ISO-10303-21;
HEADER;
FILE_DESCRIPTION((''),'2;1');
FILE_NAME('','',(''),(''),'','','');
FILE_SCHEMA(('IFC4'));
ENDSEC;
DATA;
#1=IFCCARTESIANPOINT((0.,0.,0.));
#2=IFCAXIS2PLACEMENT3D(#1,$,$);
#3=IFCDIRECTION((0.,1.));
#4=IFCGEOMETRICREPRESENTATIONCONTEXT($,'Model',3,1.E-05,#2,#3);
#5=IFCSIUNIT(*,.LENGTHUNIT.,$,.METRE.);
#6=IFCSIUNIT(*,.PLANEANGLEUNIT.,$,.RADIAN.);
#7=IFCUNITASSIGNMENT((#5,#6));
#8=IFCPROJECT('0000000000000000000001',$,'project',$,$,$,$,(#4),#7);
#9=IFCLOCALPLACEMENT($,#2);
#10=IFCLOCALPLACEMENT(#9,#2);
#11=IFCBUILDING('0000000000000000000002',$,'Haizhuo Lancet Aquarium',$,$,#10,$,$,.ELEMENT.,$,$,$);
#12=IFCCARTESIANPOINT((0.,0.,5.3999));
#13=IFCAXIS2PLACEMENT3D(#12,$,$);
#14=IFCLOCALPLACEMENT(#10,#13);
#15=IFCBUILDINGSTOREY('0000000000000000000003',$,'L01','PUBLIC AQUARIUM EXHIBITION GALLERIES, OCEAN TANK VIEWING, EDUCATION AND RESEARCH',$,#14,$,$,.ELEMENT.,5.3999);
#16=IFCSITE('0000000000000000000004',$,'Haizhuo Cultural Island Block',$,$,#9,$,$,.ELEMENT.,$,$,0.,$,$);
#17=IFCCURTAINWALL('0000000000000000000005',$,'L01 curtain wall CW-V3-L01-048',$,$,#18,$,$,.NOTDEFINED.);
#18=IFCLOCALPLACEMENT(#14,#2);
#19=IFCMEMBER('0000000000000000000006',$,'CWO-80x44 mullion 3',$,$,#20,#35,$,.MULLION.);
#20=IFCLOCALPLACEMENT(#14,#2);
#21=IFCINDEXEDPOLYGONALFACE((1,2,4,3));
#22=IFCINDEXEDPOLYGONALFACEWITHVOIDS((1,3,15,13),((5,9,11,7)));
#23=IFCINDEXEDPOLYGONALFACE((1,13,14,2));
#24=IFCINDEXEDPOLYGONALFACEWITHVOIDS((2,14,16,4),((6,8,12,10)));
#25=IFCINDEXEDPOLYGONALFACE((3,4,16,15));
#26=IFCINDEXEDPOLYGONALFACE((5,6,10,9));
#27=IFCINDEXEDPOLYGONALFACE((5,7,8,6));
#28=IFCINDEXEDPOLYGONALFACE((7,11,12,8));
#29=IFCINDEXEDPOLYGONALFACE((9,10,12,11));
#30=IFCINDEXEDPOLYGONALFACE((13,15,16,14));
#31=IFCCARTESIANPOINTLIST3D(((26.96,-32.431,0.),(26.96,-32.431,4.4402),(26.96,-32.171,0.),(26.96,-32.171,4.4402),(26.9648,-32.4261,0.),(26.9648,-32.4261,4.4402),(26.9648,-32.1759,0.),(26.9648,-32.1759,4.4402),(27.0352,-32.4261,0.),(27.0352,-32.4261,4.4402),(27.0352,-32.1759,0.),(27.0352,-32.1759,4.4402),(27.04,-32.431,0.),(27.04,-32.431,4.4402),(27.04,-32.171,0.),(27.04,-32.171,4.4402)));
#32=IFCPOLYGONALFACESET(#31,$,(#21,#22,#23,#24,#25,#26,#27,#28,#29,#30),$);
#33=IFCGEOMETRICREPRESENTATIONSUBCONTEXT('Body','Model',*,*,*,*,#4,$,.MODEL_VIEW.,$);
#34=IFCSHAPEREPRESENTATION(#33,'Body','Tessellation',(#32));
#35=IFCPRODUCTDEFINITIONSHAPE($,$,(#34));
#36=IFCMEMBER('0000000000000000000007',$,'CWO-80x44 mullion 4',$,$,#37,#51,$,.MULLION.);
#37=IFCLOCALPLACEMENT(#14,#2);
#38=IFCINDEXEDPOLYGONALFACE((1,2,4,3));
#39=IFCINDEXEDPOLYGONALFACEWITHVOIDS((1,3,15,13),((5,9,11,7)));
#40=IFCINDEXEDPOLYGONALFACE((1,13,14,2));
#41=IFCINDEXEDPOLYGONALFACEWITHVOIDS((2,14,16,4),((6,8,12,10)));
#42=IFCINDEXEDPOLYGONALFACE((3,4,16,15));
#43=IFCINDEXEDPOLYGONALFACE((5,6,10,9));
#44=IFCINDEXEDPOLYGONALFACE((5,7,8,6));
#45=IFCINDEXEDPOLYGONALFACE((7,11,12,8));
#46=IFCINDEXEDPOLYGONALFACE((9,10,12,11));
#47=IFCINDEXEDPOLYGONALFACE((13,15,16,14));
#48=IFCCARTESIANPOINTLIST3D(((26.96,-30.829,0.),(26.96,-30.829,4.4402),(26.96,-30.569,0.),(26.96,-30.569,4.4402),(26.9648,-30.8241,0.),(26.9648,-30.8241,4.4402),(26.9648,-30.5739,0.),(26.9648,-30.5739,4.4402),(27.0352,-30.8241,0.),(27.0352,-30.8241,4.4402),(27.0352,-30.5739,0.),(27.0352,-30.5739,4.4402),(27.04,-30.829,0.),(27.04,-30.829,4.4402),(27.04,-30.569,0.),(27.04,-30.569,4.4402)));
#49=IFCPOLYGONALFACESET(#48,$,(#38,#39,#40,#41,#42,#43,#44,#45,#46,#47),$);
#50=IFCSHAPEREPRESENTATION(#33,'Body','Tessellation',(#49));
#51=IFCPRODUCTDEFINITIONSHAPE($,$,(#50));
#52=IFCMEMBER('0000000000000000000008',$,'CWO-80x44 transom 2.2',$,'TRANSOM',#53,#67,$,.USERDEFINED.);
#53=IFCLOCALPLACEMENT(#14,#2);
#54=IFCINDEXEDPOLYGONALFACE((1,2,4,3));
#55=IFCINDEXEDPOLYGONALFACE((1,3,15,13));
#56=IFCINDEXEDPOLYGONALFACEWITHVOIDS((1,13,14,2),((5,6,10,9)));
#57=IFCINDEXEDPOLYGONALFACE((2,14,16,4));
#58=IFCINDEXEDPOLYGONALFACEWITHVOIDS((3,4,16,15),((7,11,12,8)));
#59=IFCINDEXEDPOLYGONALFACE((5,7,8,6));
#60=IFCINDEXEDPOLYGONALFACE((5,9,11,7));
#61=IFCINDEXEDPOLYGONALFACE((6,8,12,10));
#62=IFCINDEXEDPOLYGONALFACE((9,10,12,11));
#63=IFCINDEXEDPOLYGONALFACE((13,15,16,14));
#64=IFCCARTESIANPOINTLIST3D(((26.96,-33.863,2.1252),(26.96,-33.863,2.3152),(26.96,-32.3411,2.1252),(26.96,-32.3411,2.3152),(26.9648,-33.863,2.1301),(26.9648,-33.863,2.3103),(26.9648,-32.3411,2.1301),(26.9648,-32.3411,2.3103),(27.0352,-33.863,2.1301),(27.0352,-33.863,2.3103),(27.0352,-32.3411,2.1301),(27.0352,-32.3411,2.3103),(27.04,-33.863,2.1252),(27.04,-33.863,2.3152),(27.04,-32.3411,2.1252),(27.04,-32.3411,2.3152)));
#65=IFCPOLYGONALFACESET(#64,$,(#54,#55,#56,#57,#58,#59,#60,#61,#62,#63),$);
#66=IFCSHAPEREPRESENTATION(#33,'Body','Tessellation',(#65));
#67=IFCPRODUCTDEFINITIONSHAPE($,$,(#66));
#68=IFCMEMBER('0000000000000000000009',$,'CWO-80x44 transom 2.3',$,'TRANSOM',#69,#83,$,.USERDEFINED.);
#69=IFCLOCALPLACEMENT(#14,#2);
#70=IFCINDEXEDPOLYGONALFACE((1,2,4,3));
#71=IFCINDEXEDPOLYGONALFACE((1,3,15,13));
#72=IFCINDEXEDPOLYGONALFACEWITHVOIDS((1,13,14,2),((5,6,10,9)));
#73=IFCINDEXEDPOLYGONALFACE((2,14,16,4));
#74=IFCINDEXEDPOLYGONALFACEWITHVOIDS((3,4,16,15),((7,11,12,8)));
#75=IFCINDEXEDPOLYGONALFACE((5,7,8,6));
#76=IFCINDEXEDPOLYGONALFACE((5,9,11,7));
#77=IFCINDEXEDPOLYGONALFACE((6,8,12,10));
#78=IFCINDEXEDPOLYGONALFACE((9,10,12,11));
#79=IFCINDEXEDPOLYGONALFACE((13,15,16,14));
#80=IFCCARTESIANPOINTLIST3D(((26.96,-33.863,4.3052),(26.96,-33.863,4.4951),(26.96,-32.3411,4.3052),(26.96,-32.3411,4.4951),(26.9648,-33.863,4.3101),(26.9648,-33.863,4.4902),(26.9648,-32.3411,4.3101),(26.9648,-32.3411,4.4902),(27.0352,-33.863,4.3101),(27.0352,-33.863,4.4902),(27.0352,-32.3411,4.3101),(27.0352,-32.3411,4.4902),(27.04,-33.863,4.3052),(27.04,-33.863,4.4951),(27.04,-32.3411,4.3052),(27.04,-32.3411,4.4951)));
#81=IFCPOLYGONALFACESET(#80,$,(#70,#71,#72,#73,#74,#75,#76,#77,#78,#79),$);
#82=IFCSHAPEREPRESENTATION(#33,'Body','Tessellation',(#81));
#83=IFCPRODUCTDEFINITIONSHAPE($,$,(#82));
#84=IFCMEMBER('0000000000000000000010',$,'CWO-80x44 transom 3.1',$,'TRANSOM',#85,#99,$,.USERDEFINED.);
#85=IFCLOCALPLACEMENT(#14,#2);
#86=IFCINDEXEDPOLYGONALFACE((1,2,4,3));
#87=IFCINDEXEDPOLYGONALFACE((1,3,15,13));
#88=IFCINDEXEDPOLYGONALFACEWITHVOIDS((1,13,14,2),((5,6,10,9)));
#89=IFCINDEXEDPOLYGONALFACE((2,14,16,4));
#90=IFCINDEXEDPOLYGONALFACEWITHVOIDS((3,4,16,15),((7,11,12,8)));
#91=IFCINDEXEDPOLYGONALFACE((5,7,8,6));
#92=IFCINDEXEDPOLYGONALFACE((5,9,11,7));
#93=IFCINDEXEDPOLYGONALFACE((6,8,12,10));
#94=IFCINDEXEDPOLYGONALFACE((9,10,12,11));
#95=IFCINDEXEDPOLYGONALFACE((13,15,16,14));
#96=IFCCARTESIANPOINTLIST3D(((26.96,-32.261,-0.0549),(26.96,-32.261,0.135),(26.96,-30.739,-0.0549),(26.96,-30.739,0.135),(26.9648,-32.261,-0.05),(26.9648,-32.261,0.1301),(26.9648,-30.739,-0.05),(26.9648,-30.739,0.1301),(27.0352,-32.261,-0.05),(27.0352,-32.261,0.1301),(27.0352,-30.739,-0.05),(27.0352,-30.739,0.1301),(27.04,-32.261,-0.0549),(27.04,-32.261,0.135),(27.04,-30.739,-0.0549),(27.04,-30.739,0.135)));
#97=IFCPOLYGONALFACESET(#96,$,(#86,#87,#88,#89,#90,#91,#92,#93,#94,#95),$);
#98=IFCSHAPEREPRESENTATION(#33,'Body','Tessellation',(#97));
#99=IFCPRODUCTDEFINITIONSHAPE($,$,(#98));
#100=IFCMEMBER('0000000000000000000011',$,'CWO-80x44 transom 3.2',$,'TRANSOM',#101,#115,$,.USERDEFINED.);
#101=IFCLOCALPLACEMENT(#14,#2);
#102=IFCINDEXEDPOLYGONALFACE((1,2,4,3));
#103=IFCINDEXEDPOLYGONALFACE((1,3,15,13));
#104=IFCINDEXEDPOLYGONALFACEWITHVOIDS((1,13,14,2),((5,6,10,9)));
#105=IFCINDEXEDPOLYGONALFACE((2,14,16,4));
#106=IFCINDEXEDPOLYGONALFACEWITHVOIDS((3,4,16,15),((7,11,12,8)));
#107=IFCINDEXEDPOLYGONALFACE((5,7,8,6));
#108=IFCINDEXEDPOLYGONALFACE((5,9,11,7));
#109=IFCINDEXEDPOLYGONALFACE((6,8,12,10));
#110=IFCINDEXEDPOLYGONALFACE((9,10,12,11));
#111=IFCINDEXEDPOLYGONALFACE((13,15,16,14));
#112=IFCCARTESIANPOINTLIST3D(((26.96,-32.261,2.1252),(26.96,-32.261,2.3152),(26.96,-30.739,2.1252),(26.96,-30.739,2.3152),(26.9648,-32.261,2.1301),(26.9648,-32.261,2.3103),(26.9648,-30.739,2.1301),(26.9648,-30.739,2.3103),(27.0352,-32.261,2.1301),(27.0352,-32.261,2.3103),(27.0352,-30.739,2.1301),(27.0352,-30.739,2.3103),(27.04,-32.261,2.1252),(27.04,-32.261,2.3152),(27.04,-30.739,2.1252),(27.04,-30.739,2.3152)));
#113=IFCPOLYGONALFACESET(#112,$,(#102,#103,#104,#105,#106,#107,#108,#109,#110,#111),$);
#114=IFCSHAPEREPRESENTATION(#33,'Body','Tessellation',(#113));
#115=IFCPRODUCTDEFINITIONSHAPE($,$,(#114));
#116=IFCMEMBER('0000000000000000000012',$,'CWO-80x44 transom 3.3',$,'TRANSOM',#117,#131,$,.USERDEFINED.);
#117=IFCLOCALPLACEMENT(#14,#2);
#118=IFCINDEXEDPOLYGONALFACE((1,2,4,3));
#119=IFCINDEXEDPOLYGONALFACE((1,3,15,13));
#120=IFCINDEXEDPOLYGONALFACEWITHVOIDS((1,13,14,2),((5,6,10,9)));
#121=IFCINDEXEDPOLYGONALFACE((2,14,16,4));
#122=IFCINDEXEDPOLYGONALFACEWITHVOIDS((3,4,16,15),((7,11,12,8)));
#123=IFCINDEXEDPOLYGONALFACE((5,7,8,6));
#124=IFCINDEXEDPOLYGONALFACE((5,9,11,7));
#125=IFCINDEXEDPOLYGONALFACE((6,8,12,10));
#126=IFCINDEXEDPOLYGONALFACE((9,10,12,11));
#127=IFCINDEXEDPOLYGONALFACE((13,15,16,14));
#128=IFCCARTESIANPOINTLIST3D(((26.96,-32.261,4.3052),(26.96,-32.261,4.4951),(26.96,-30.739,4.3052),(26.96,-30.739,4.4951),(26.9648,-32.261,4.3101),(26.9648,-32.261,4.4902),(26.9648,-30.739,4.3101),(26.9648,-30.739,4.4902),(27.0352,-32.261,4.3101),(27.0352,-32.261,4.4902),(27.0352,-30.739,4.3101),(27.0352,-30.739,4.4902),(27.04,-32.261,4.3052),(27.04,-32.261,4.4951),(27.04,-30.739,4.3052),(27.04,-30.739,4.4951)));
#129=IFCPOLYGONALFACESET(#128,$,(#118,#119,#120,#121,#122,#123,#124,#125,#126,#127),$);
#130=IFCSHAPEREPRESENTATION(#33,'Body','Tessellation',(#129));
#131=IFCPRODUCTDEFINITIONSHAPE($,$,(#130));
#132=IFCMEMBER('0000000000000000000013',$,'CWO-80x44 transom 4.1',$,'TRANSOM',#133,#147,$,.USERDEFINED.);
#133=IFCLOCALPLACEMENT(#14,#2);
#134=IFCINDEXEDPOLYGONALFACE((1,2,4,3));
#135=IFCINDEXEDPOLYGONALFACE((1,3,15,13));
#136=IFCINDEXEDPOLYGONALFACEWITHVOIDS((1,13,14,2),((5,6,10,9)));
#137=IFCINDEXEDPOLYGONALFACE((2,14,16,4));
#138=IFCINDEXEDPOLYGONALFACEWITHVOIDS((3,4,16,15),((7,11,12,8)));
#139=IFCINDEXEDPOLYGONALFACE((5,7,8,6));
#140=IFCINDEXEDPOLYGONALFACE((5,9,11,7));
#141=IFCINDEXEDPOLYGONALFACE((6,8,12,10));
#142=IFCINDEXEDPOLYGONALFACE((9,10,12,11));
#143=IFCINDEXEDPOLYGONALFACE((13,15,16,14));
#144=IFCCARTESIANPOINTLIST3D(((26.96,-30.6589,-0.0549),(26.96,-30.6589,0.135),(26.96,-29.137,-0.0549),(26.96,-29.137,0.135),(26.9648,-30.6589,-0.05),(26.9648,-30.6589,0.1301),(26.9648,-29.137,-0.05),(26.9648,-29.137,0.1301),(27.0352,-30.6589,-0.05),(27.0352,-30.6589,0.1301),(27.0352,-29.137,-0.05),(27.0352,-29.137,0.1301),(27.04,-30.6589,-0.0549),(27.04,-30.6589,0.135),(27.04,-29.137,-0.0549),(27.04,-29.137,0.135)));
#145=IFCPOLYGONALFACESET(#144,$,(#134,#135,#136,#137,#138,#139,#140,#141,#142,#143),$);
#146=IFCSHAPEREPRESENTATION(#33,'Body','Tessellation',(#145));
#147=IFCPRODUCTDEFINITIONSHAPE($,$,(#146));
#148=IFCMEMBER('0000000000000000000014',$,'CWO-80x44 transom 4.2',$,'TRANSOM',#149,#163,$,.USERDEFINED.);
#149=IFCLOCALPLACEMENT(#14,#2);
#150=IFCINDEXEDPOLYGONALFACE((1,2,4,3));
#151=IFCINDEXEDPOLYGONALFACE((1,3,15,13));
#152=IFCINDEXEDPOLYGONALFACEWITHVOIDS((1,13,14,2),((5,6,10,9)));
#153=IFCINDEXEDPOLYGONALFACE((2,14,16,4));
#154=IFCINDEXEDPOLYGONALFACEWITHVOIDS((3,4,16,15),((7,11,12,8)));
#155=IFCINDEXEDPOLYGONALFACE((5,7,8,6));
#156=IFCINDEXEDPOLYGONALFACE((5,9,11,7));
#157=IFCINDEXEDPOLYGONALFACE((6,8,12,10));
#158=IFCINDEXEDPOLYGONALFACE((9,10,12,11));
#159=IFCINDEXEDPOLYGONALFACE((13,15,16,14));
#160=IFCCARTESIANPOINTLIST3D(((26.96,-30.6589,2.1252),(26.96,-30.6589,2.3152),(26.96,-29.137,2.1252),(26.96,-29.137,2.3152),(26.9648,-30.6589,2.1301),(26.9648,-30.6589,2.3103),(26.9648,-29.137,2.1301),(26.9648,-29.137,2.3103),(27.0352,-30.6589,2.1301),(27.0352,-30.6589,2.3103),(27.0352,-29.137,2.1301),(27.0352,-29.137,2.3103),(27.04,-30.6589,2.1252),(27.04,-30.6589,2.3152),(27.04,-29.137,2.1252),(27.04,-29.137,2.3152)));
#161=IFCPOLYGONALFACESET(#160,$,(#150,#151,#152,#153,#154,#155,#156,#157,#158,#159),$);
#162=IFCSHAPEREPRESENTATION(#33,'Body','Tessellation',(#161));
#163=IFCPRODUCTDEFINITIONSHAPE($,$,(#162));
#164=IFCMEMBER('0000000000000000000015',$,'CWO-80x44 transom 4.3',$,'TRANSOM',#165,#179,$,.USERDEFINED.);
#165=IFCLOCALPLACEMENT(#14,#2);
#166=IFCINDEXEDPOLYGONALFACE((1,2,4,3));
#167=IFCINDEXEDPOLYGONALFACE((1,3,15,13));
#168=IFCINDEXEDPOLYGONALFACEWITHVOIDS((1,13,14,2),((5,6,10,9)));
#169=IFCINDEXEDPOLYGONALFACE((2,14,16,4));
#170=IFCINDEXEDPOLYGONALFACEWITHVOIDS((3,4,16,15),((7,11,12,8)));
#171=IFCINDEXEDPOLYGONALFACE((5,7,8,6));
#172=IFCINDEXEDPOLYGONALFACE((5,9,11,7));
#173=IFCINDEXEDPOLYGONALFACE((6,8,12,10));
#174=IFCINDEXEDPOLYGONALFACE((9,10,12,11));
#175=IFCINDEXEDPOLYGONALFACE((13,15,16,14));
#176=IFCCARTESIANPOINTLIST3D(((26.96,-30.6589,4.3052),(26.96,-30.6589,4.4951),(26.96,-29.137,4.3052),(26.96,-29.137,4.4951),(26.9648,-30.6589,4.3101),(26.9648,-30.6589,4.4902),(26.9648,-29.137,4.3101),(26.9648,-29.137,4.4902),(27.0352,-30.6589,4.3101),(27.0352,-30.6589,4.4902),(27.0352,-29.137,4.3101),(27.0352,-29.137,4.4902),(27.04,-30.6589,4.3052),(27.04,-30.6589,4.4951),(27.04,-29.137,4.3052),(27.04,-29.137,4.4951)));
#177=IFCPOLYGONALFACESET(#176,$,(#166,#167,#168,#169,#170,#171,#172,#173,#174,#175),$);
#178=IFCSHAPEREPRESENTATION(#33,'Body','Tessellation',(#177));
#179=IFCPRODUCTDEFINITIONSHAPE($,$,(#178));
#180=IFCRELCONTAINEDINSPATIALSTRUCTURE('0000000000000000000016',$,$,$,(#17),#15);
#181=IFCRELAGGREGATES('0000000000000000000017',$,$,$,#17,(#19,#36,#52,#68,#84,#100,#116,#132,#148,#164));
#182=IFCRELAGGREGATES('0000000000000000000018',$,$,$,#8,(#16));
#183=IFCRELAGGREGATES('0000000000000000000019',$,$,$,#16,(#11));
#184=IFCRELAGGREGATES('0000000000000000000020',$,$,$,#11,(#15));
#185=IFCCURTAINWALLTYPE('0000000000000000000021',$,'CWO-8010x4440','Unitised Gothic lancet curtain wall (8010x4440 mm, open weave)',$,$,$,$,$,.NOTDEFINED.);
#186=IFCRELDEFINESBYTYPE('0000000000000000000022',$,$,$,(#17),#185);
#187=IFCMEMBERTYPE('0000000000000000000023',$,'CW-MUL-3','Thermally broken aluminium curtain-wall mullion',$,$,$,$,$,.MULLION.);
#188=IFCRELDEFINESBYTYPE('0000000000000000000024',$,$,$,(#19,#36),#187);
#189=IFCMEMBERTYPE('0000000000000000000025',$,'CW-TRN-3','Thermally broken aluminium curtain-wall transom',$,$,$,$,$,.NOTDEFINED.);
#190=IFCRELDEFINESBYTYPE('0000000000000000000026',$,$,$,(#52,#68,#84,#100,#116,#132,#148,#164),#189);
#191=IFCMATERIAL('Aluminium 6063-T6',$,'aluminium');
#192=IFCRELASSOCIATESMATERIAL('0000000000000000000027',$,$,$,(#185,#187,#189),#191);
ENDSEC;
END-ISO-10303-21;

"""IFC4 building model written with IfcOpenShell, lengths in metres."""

from ifc_helpers import new_model, si_unit, direction, frame, origin, origin_2d, place, context, subcontext, project, spatial, hollow_rectangle, extrude, material, material_profile, profile_set, type_object, element, aggregate, save


model = new_model("IFC4")

# Units and contexts
model_context = context("Model", 3, precision=1e-05, world=origin(), true_north=direction((0.0, 1.0)))
body_context = subcontext(model_context, "Body", "Model", "MODEL_VIEW")
ifc_project = project(units=[si_unit("LENGTHUNIT", "METRE"), si_unit("PLANEANGLEUNIT", "RADIAN")], contexts=[model_context])

# Site, building, storey
site_placement = place(None, origin())
site = spatial("IfcSite", under=ifc_project, at=site_placement, Name="Haizhuo Cultural Island Block", CompositionType="ELEMENT", RefElevation=0.0)
building_placement = place(site_placement, origin())
building = spatial("IfcBuilding", under=site, at=building_placement, Name="Haizhuo Lancet Aquarium", CompositionType="ELEMENT")
storey_placement = place(building_placement, frame((0.0, 0.0, 5.3999)))
storey = spatial("IfcBuildingStorey", under=building, at=storey_placement, Name="L01", Description="PUBLIC AQUARIUM EXHIBITION GALLERIES, OCEAN TANK VIEWING, EDUCATION AND RESEARCH", CompositionType="ELEMENT", Elevation=5.3999)

# Curtain wall, members
ifc_material_1 = material(Name="Aluminium 6063-T6", Category="aluminium")
curtain_wall_type = type_object("IfcCurtainWallType", Name="CWO-8010x4440", Description="Unitised Gothic lancet curtain wall (8010x4440 mm, open weave)", PredefinedType="NOTDEFINED", material=ifc_material_1)
curtain_wall_placement = place(storey_placement, origin())
curtain_wall = element("IfcCurtainWall", 1, at=curtain_wall_placement, inside=storey, type_object=curtain_wall_type, Name="L01 curtain wall CW-V3-L01-048", PredefinedType="NOTDEFINED")
ifc_material_profile_1 = material_profile(ifc_material_1, hollow_rectangle(XDim=0.0801, YDim=0.26, WallThickness=0.0049, at=origin_2d()), Name="ALU-M 80x260x5")
ifc_profile_set_1 = profile_set([ifc_material_profile_1], Name="Aluminium 6063-T6")
member_type_1 = type_object("IfcMemberType", Name="CW-MUL-3", Description="Thermally broken aluminium curtain-wall mullion", PredefinedType="MULLION", material=ifc_profile_set_1)
member_1_placement = place(storey_placement, frame((27.0, -32.301, 0.0), z_axis=(0.0, 0.0, 1.0), x_axis=(-1.0, 0.0, 0.0)))
member_1 = element("IfcMember", 2, at=member_1_placement, type_object=member_type_1, Name="CWO-80x44 mullion 3", PredefinedType="MULLION", context=body_context, shape_type="SweptSolid", body=[
    extrude(hollow_rectangle(XDim=0.0801, YDim=0.26, WallThickness=0.0049, at=origin_2d()), origin(), (0.0, 0.0, 1.0), 4.4402),
])
member_2_placement = place(storey_placement, frame((27.0, -30.699, 0.0), z_axis=(0.0, 0.0, 1.0), x_axis=(-1.0, 0.0, 0.0)))
member_2 = element("IfcMember", 3, at=member_2_placement, type_object=member_type_1, Name="CWO-80x44 mullion 4", PredefinedType="MULLION", context=body_context, shape_type="SweptSolid", body=[
    extrude(hollow_rectangle(XDim=0.0801, YDim=0.26, WallThickness=0.0049, at=origin_2d()), origin(), (0.0, 0.0, 1.0), 4.4402),
])
ifc_material_profile_2 = material_profile(ifc_material_1, hollow_rectangle(XDim=0.0801, YDim=0.1899, WallThickness=0.0049, at=origin_2d()), Name="ALU-T 80x190x5")
ifc_profile_set_2 = profile_set([ifc_material_profile_2], Name="Aluminium 6063-T6")
member_type_2 = type_object("IfcMemberType", Name="CW-TRN-3", Description="Thermally broken aluminium curtain-wall transom", PredefinedType="NOTDEFINED", material=ifc_profile_set_2)
member_3_placement = place(storey_placement, frame((27.0, -33.863, 2.2202), z_axis=(0.0, 1.0, 0.0), x_axis=(-1.0, 0.0, 0.0)))
member_3 = element("IfcMember", 4, at=member_3_placement, type_object=member_type_2, Name="CWO-80x44 transom 2.2", ObjectType="TRANSOM", PredefinedType="USERDEFINED", context=body_context, shape_type="SweptSolid", body=[
    extrude(hollow_rectangle(XDim=0.0801, YDim=0.1899, WallThickness=0.0049, at=origin_2d()), origin(), (0.0, 0.0, 1.0), 1.522),
])
member_4_placement = place(storey_placement, frame((27.0, -33.863, 4.4001), z_axis=(0.0, 1.0, 0.0), x_axis=(-1.0, 0.0, 0.0)))
member_4 = element("IfcMember", 5, at=member_4_placement, type_object=member_type_2, Name="CWO-80x44 transom 2.3", ObjectType="TRANSOM", PredefinedType="USERDEFINED", context=body_context, shape_type="SweptSolid", body=[
    extrude(hollow_rectangle(XDim=0.0801, YDim=0.1899, WallThickness=0.0049, at=origin_2d()), origin(), (0.0, 0.0, 1.0), 1.522),
])
member_5_placement = place(storey_placement, frame((27.0, -32.261, 0.04), z_axis=(0.0, 1.0, 0.0), x_axis=(-1.0, 0.0, 0.0)))
member_5 = element("IfcMember", 6, at=member_5_placement, type_object=member_type_2, Name="CWO-80x44 transom 3.1", ObjectType="TRANSOM", PredefinedType="USERDEFINED", context=body_context, shape_type="SweptSolid", body=[
    extrude(hollow_rectangle(XDim=0.0801, YDim=0.1899, WallThickness=0.0049, at=origin_2d()), origin(), (0.0, 0.0, 1.0), 1.522),
])
member_6_placement = place(storey_placement, frame((27.0, -32.261, 2.2202), z_axis=(0.0, 1.0, 0.0), x_axis=(-1.0, 0.0, 0.0)))
member_6 = element("IfcMember", 7, at=member_6_placement, type_object=member_type_2, Name="CWO-80x44 transom 3.2", ObjectType="TRANSOM", PredefinedType="USERDEFINED", context=body_context, shape_type="SweptSolid", body=[
    extrude(hollow_rectangle(XDim=0.0801, YDim=0.1899, WallThickness=0.0049, at=origin_2d()), origin(), (0.0, 0.0, 1.0), 1.522),
])
member_7_placement = place(storey_placement, frame((27.0, -32.261, 4.4001), z_axis=(0.0, 1.0, 0.0), x_axis=(-1.0, 0.0, 0.0)))
member_7 = element("IfcMember", 8, at=member_7_placement, type_object=member_type_2, Name="CWO-80x44 transom 3.3", ObjectType="TRANSOM", PredefinedType="USERDEFINED", context=body_context, shape_type="SweptSolid", body=[
    extrude(hollow_rectangle(XDim=0.0801, YDim=0.1899, WallThickness=0.0049, at=origin_2d()), origin(), (0.0, 0.0, 1.0), 1.522),
])
member_8_placement = place(storey_placement, frame((27.0, -30.6589, 0.04), z_axis=(0.0, 1.0, 0.0), x_axis=(-1.0, 0.0, 0.0)))
member_8 = element("IfcMember", 9, at=member_8_placement, type_object=member_type_2, Name="CWO-80x44 transom 4.1", ObjectType="TRANSOM", PredefinedType="USERDEFINED", context=body_context, shape_type="SweptSolid", body=[
    extrude(hollow_rectangle(XDim=0.0801, YDim=0.1899, WallThickness=0.0049, at=origin_2d()), origin(), (0.0, 0.0, 1.0), 1.522),
])
member_9_placement = place(storey_placement, frame((27.0, -30.6589, 2.2202), z_axis=(0.0, 1.0, 0.0), x_axis=(-1.0, 0.0, 0.0)))
member_9 = element("IfcMember", 10, at=member_9_placement, type_object=member_type_2, Name="CWO-80x44 transom 4.2", ObjectType="TRANSOM", PredefinedType="USERDEFINED", context=body_context, shape_type="SweptSolid", body=[
    extrude(hollow_rectangle(XDim=0.0801, YDim=0.1899, WallThickness=0.0049, at=origin_2d()), origin(), (0.0, 0.0, 1.0), 1.522),
])
member_10_placement = place(storey_placement, frame((27.0, -30.6589, 4.4001), z_axis=(0.0, 1.0, 0.0), x_axis=(-1.0, 0.0, 0.0)))
member_10 = element("IfcMember", 11, at=member_10_placement, type_object=member_type_2, Name="CWO-80x44 transom 4.3", ObjectType="TRANSOM", PredefinedType="USERDEFINED", context=body_context, shape_type="SweptSolid", body=[
    extrude(hollow_rectangle(XDim=0.0801, YDim=0.1899, WallThickness=0.0049, at=origin_2d()), origin(), (0.0, 0.0, 1.0), 1.522),
])

aggregate(curtain_wall, [member_1, member_2, member_3, member_4, member_5, member_6, member_7, member_8, member_9, member_10])

save(model, "model.ifc")
